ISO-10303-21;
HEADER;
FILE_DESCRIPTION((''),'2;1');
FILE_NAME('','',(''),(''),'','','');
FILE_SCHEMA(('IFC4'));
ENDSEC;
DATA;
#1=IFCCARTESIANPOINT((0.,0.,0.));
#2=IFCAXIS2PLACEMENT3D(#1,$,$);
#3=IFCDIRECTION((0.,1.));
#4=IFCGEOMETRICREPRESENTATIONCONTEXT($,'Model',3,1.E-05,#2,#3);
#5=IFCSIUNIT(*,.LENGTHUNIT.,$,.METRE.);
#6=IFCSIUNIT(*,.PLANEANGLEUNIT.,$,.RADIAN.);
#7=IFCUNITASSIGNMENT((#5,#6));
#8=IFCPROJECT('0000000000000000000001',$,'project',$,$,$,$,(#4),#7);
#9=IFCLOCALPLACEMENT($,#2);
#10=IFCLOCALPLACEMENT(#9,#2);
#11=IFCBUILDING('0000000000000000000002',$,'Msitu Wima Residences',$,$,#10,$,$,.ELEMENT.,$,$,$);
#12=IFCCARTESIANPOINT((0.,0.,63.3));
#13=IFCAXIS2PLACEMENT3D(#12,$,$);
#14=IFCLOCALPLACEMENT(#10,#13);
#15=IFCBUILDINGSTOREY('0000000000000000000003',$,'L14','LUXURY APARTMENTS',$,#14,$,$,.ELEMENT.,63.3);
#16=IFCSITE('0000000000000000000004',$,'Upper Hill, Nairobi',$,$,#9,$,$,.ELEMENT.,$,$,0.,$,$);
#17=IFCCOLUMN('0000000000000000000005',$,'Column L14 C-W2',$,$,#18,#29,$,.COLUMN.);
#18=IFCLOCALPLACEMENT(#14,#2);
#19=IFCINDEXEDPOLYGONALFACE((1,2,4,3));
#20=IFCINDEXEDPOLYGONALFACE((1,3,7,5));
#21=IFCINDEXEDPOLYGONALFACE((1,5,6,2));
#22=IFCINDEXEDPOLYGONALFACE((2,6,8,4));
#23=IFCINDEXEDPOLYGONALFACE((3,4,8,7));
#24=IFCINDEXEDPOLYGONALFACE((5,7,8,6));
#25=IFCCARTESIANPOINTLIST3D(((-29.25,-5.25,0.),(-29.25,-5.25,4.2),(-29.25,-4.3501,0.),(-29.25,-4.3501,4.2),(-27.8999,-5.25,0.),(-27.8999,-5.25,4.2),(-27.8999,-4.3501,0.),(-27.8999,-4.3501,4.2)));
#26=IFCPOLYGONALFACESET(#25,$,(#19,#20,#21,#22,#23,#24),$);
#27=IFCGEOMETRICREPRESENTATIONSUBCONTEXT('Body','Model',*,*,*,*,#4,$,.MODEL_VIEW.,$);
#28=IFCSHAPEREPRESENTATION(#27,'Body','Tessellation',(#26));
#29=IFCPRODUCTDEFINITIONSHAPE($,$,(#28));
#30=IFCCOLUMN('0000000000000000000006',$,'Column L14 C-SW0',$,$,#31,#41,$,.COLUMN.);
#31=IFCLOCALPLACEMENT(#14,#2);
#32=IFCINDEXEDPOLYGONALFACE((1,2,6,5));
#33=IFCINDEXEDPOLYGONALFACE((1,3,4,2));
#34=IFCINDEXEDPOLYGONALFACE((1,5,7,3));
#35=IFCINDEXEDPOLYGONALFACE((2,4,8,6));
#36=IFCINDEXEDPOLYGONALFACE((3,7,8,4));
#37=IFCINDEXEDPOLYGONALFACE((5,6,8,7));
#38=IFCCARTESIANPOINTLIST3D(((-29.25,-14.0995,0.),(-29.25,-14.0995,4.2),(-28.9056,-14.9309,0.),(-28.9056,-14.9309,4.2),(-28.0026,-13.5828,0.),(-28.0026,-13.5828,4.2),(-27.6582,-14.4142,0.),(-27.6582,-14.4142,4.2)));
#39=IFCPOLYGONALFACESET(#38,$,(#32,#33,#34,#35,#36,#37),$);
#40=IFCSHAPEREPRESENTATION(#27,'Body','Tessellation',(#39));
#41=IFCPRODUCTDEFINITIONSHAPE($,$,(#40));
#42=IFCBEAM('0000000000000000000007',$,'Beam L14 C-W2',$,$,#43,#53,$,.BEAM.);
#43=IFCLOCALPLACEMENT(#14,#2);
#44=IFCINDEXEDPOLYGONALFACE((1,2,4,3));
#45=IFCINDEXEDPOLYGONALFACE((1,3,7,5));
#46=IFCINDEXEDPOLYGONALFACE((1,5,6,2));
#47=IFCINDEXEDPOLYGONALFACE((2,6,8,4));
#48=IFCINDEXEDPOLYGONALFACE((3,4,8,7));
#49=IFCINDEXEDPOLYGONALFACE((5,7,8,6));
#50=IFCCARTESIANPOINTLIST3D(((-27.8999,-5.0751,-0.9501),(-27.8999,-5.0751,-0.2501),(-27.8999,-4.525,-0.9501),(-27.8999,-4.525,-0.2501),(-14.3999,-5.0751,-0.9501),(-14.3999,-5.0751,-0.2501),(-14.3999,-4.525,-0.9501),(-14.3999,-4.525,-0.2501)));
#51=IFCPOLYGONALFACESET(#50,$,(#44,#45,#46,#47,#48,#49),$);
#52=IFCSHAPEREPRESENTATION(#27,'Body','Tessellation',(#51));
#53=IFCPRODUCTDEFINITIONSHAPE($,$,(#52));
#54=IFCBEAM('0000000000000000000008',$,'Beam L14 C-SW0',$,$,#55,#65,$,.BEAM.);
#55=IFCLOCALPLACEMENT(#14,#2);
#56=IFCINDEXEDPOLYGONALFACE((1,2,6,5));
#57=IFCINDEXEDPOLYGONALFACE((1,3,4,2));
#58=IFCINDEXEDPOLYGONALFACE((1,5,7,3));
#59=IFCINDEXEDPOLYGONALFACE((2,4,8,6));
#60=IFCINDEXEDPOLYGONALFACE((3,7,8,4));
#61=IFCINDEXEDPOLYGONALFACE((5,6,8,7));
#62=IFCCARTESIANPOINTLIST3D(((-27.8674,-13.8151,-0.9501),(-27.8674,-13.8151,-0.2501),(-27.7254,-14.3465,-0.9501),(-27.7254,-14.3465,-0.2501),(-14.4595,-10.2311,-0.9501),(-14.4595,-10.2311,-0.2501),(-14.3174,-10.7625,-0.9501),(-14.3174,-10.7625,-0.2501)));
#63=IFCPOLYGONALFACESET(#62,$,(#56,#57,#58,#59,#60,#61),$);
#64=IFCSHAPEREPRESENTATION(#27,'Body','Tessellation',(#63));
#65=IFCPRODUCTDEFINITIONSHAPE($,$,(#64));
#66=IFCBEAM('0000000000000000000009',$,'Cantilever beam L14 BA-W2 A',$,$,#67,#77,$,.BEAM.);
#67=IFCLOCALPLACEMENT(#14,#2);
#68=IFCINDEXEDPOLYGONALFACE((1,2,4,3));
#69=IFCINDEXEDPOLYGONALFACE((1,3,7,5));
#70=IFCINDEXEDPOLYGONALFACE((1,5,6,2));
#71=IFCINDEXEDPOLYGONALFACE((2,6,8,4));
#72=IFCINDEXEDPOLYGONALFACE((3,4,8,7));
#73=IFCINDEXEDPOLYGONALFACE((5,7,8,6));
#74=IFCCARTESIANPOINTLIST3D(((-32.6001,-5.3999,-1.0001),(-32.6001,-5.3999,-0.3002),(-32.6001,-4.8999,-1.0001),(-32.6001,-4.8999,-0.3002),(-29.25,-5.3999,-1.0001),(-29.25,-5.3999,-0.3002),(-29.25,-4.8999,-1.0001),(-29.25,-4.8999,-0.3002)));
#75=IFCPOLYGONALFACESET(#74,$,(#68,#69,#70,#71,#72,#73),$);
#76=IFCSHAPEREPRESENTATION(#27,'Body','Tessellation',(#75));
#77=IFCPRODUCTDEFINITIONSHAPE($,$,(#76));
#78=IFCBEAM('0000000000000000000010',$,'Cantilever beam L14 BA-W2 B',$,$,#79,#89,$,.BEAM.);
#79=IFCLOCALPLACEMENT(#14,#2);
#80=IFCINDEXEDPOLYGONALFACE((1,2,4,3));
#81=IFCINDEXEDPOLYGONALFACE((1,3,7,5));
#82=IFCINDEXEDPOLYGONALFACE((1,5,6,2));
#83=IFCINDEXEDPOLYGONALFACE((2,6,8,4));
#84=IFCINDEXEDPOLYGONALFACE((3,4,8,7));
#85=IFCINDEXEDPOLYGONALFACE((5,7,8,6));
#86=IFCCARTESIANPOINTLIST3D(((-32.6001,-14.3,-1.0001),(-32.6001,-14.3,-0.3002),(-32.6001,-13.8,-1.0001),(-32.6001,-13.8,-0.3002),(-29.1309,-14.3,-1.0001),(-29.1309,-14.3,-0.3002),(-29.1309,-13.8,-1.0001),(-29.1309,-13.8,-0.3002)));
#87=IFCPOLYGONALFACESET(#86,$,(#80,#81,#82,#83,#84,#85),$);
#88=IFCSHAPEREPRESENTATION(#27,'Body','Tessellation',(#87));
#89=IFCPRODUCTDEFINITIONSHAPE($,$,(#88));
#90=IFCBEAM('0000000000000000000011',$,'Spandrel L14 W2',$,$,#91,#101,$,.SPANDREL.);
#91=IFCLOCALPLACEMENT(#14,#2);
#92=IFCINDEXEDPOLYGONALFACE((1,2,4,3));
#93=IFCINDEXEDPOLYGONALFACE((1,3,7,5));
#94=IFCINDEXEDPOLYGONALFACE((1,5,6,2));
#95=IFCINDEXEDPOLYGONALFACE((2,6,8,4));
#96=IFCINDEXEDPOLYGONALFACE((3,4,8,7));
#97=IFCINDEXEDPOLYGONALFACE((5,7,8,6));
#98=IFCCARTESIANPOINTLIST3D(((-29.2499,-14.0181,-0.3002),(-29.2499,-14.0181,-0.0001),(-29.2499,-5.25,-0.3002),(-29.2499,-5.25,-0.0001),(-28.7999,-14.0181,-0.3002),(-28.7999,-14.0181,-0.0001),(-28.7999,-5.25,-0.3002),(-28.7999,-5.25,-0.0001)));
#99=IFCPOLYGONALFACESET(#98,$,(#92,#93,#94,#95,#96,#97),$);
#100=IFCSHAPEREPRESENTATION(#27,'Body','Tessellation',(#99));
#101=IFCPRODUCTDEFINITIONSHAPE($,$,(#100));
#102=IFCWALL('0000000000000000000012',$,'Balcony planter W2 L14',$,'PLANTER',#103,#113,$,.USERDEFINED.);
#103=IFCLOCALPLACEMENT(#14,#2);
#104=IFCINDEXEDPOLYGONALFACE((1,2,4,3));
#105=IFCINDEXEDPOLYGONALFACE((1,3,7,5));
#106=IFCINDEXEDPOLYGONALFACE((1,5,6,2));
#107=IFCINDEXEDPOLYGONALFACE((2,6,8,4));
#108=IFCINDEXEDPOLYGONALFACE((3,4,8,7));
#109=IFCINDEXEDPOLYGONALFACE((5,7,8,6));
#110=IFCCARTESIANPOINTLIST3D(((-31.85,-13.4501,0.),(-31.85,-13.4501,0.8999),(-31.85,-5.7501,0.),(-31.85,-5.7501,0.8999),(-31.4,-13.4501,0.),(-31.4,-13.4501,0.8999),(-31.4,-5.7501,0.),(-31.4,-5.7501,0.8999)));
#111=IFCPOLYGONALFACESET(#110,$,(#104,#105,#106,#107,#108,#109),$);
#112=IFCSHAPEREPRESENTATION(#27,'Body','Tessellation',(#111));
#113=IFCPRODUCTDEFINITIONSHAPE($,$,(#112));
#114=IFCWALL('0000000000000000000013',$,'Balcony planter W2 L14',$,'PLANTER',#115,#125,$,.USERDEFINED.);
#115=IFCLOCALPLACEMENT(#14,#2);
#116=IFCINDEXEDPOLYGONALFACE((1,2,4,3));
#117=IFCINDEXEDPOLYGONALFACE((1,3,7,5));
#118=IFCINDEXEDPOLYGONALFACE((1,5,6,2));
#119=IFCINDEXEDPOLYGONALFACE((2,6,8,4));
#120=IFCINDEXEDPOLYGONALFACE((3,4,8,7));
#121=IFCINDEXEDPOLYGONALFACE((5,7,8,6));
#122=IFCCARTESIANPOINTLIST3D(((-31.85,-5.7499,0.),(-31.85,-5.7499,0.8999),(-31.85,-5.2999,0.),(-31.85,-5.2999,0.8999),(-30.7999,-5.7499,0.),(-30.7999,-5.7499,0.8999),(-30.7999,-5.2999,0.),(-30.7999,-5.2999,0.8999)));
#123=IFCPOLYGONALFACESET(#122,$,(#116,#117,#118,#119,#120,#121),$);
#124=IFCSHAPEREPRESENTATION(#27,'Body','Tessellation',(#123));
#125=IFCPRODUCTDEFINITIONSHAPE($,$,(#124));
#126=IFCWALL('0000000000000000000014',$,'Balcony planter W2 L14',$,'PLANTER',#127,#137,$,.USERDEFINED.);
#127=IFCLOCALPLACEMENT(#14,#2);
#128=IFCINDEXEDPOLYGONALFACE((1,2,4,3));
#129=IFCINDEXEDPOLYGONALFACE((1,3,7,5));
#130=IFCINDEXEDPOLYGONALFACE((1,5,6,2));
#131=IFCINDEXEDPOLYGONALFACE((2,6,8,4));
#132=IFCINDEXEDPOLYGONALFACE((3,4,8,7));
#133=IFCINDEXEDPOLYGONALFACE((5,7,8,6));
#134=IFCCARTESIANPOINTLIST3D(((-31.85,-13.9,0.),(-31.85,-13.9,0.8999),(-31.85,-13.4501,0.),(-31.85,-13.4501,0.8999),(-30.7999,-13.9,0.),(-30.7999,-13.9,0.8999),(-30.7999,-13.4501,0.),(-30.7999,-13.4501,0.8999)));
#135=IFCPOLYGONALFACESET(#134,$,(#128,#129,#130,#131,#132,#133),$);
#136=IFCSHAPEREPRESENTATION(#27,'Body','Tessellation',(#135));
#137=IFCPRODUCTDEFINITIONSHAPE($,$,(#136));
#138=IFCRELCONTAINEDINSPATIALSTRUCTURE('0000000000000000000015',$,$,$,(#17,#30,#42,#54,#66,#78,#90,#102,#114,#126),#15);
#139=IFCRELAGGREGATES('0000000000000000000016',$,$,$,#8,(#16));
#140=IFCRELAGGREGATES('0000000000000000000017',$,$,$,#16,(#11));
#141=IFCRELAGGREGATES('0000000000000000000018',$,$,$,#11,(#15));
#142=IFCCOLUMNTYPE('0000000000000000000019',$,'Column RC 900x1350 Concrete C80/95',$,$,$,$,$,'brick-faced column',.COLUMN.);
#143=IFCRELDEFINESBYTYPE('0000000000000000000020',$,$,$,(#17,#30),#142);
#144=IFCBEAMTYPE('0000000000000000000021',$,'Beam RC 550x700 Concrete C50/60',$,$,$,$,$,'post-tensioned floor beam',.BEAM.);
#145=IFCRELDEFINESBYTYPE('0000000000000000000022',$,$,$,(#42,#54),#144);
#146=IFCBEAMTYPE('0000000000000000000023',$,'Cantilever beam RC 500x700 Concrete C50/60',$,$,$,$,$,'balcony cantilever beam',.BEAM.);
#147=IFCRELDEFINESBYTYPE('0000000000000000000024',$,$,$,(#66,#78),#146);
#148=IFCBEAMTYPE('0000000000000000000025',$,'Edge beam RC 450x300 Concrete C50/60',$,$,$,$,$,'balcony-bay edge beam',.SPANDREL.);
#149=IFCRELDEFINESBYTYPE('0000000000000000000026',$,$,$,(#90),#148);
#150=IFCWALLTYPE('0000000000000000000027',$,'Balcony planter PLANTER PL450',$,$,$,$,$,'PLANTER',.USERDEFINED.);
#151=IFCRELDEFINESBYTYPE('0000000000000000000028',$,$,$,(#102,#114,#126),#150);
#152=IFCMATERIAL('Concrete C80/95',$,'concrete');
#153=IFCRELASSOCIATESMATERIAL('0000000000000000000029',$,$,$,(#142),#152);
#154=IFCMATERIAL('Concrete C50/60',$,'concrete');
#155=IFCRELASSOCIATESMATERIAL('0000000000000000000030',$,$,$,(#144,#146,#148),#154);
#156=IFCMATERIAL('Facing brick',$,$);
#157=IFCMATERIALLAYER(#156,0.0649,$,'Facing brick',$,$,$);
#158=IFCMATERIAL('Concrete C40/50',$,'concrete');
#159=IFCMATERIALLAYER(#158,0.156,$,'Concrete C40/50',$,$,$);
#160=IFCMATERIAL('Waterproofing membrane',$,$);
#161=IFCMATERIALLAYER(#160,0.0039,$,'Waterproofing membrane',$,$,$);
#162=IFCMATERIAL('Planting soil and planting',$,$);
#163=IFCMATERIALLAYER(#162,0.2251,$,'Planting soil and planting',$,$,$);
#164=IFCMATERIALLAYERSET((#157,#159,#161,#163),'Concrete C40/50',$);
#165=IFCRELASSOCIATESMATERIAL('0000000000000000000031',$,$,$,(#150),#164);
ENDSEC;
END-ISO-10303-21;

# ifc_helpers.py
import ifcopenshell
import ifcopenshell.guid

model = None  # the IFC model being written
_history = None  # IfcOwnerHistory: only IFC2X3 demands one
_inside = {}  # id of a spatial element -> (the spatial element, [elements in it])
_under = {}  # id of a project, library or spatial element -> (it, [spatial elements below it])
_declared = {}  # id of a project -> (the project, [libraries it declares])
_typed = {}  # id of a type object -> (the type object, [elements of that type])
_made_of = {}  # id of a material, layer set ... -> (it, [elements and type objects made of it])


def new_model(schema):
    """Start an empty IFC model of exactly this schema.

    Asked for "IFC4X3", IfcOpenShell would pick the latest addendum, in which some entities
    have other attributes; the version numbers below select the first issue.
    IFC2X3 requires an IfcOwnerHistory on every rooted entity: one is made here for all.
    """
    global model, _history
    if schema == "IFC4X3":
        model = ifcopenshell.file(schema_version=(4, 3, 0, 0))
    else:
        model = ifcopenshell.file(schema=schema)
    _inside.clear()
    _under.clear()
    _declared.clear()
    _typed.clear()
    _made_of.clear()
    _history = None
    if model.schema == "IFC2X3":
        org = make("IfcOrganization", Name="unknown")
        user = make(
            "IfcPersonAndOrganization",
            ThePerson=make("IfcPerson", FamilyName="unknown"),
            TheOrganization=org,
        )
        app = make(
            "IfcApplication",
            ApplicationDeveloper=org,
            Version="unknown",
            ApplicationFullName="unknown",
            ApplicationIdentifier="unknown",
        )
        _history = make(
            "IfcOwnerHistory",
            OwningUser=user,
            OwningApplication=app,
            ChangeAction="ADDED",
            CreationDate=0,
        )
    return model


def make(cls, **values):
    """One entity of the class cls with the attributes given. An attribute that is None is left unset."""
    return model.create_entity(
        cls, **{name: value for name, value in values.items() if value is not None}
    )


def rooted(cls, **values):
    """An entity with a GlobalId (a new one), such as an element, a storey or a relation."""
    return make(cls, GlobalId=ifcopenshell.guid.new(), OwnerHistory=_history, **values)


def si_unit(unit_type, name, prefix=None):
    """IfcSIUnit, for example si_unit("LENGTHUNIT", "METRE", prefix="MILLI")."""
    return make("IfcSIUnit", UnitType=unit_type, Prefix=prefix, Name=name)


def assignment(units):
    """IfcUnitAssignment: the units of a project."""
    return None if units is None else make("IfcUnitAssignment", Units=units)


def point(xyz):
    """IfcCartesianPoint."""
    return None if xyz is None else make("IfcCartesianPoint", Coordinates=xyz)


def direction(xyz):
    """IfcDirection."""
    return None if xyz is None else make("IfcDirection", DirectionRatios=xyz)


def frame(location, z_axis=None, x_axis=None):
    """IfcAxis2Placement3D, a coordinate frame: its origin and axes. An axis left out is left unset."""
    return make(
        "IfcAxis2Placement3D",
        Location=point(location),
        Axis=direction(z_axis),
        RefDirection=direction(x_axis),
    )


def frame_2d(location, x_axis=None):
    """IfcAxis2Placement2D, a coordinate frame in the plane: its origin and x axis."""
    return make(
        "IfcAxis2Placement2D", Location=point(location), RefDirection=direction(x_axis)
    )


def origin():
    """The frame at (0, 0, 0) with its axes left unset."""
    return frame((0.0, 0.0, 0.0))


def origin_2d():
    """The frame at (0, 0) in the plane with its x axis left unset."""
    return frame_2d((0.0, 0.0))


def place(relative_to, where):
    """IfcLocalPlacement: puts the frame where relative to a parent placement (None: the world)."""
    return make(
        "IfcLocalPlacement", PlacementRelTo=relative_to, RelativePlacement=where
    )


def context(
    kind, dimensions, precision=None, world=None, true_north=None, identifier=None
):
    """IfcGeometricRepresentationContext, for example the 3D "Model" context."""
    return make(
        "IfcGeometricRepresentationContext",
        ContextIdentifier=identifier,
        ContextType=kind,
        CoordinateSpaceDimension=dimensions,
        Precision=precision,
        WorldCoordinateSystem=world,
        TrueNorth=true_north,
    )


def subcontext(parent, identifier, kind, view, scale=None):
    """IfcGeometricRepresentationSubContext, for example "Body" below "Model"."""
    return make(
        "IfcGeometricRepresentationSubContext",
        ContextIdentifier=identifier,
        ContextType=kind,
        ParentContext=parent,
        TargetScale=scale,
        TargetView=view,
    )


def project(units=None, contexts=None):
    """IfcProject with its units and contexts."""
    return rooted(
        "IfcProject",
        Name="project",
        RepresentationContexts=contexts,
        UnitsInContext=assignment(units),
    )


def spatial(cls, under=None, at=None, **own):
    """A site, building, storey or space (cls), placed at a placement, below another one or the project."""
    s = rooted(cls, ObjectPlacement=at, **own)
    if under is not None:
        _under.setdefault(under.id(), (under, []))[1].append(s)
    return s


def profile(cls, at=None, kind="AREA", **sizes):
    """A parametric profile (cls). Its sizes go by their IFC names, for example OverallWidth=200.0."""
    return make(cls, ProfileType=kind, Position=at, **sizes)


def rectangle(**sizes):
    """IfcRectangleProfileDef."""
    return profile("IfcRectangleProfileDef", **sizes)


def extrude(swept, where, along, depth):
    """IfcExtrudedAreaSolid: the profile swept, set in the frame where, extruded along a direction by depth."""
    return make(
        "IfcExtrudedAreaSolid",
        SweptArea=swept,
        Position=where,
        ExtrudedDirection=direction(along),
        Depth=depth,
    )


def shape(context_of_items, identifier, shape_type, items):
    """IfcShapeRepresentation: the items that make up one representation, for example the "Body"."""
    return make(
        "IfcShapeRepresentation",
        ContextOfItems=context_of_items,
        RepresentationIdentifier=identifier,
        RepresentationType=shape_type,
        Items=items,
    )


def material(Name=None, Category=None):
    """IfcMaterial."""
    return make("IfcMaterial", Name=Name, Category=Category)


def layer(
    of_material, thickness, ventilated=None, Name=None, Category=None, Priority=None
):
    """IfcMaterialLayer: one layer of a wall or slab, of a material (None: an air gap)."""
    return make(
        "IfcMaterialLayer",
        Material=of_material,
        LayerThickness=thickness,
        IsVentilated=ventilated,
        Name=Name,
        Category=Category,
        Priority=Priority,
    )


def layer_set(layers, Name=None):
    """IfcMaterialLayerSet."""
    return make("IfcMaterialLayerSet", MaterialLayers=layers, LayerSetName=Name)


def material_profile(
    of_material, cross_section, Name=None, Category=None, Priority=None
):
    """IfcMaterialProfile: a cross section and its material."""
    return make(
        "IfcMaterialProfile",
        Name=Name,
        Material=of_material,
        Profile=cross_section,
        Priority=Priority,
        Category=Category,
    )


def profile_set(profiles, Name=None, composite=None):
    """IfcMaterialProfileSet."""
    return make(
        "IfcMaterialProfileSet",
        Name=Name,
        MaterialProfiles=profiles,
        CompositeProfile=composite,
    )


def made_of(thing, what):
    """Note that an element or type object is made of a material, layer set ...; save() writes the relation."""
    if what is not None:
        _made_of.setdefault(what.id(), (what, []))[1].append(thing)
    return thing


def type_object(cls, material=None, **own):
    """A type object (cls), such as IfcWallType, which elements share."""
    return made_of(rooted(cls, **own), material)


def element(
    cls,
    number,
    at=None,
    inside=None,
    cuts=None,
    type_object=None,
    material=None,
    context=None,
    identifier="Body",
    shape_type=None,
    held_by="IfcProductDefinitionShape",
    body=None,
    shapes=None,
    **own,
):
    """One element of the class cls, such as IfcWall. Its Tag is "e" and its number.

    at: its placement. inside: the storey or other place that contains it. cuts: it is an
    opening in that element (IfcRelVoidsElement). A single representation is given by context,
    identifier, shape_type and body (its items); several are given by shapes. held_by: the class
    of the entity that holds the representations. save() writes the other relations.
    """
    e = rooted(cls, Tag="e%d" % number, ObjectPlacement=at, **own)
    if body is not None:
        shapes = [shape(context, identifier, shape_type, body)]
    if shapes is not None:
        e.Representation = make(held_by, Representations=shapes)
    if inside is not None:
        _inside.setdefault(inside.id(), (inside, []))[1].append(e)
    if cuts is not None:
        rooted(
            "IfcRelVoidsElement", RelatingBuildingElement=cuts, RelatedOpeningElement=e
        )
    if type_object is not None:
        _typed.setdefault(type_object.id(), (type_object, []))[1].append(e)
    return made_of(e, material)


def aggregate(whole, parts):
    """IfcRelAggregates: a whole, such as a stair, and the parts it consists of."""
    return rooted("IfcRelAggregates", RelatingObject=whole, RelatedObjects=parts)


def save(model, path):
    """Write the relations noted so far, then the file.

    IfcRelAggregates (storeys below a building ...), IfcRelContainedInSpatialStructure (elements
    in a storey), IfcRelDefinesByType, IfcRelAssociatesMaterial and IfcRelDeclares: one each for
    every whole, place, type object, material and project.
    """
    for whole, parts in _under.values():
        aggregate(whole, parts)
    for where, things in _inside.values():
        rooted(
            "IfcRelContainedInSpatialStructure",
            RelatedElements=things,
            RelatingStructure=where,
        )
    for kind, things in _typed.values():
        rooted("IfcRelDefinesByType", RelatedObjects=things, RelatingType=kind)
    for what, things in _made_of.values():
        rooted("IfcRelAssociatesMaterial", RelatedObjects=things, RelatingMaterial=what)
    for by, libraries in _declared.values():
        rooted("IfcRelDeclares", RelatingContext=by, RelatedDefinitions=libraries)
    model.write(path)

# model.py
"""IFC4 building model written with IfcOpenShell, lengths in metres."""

from ifc_helpers import new_model, si_unit, direction, frame, frame_2d, origin, origin_2d, place, context, subcontext, project, spatial, rectangle, extrude, material, layer, layer_set, material_profile, profile_set, type_object, element, save


model = new_model("IFC4")

# Units and contexts
model_context = context("Model", 3, precision=1e-05, world=origin(), true_north=direction((0.0, 1.0)))
body_context = subcontext(model_context, "Body", "Model", "MODEL_VIEW")
ifc_project = project(units=[si_unit("LENGTHUNIT", "METRE"), si_unit("PLANEANGLEUNIT", "RADIAN")], contexts=[model_context])

# Site, building, storey
site_placement = place(None, origin())
site = spatial("IfcSite", under=ifc_project, at=site_placement, Name="Upper Hill, Nairobi", CompositionType="ELEMENT", RefElevation=0.0)
building_placement = place(site_placement, origin())
building = spatial("IfcBuilding", under=site, at=building_placement, Name="Msitu Wima Residences", CompositionType="ELEMENT")
storey_placement = place(building_placement, frame((0.0, 0.0, 63.3)))
storey = spatial("IfcBuildingStorey", under=building, at=storey_placement, Name="L14", Description="LUXURY APARTMENTS", CompositionType="ELEMENT", Elevation=63.3)

# Columns
ifc_material_1 = material(Name="Concrete C80/95", Category="concrete")
ifc_material_profile_1 = material_profile(ifc_material_1, rectangle(XDim=0.8999, YDim=1.3501, at=origin_2d()), Name="RC 900x1350")
ifc_profile_set_1 = profile_set([ifc_material_profile_1], Name="Concrete C80/95")
column_type = type_object("IfcColumnType", Name="Column RC 900x1350 Concrete C80/95", ElementType="brick-faced column", PredefinedType="COLUMN", material=ifc_profile_set_1)
for number, where, z_axis, x_axis, name in (
    (1, (-28.575, -4.8, 0.0), (0.0, 0.0, 1.0), (0.0, -1.0, 0.0), "Column L14 C-W2"),
    (2, (-28.4541, -14.2568, 0.0), (0.0, 0.0, 1.0), (0.382683, -0.92388, 0.0), "Column L14 C-SW0"),
):
    element("IfcColumn", number, at=place(storey_placement, frame(where, z_axis=z_axis, x_axis=x_axis)), inside=storey, type_object=column_type, Name=name, PredefinedType="COLUMN", context=body_context, shape_type="SweptSolid", body=[
        extrude(rectangle(XDim=0.8999, YDim=1.3501, at=origin_2d()), origin(), (0.0, 0.0, 1.0), 4.2),
    ])

# Beams
ifc_material_2 = material(Name="Concrete C50/60", Category="concrete")
ifc_material_profile_2 = material_profile(ifc_material_2, rectangle(XDim=0.55, YDim=0.7, at=origin_2d()), Name="RC 550x700")
ifc_profile_set_2 = profile_set([ifc_material_profile_2], Name="Concrete C50/60")
beam_type_1 = type_object("IfcBeamType", Name="Beam RC 550x700 Concrete C50/60", ElementType="post-tensioned floor beam", PredefinedType="BEAM", material=ifc_profile_set_2)
beam_1_placement = place(storey_placement, frame((-27.8999, -4.8, -0.6001), z_axis=(1.0, 0.0, 0.0), x_axis=(0.0, 1.0, 0.0)))
element("IfcBeam", 3, at=beam_1_placement, inside=storey, type_object=beam_type_1, Name="Beam L14 C-W2", PredefinedType="BEAM", context=body_context, shape_type="SweptSolid", body=[
    extrude(rectangle(XDim=0.55, YDim=0.7, at=origin_2d()), origin(), (0.0, 0.0, 1.0), 13.5),
])
beam_2_placement = place(storey_placement, frame((-27.7964, -14.0808, -0.6001), z_axis=(0.966082, 0.258236, 0.0), x_axis=(-0.258236, 0.966082, 0.0)))
element("IfcBeam", 4, at=beam_2_placement, inside=storey, type_object=beam_type_1, Name="Beam L14 C-SW0", PredefinedType="BEAM", context=body_context, shape_type="SweptSolid", body=[
    extrude(rectangle(XDim=0.55, YDim=0.7, at=origin_2d()), origin(), (0.0, 0.0, 1.0), 13.8787),
])
ifc_material_profile_3 = material_profile(ifc_material_2, rectangle(XDim=0.5, YDim=0.7, at=origin_2d()), Name="RC 500x700")
ifc_profile_set_3 = profile_set([ifc_material_profile_3], Name="Concrete C50/60")
beam_type_2 = type_object("IfcBeamType", Name="Cantilever beam RC 500x700 Concrete C50/60", ElementType="balcony cantilever beam", PredefinedType="BEAM", material=ifc_profile_set_3)
beam_3_placement = place(storey_placement, frame((-29.25, -5.1499, -0.6501), z_axis=(-1.0, 0.0, 0.0), x_axis=(0.0, -1.0, 0.0)))
element("IfcBeam", 5, at=beam_3_placement, inside=storey, type_object=beam_type_2, Name="Cantilever beam L14 BA-W2 A", PredefinedType="BEAM", context=body_context, shape_type="SweptSolid", body=[
    extrude(rectangle(XDim=0.5, YDim=0.7, at=origin_2d()), origin(), (0.0, 0.0, 1.0), 3.3501),
])
beam_4_placement = place(storey_placement, frame((-29.1309, -14.05, -0.6501), z_axis=(-1.0, 0.0, 0.0), x_axis=(0.0, -1.0, 0.0)))
element("IfcBeam", 6, at=beam_4_placement, inside=storey, type_object=beam_type_2, Name="Cantilever beam L14 BA-W2 B", PredefinedType="BEAM", context=body_context, shape_type="SweptSolid", body=[
    extrude(rectangle(XDim=0.5, YDim=0.7, at=origin_2d()), origin(), (0.0, 0.0, 1.0), 3.4692),
])
ifc_material_profile_4 = material_profile(ifc_material_2, rectangle(XDim=0.45, YDim=0.3, at=origin_2d()), Name="RC 450x300")
ifc_profile_set_4 = profile_set([ifc_material_profile_4], Name="Concrete C50/60")
beam_type_3 = type_object("IfcBeamType", Name="Edge beam RC 450x300 Concrete C50/60", ElementType="balcony-bay edge beam", PredefinedType="SPANDREL", material=ifc_profile_set_4)
beam_5_placement = place(storey_placement, frame((-29.0249, -5.25, -0.1501), z_axis=(0.0, -1.0, 0.0), x_axis=(1.0, 0.0, 0.0)))
element("IfcBeam", 7, at=beam_5_placement, inside=storey, type_object=beam_type_3, Name="Spandrel L14 W2", PredefinedType="SPANDREL", context=body_context, shape_type="SweptSolid", body=[
    extrude(rectangle(XDim=0.45, YDim=0.3, at=origin_2d()), origin(), (0.0, 0.0, 1.0), 8.7681),
])

# Walls
ifc_material_3 = material(Name="Facing brick")
ifc_layer_1 = layer(ifc_material_3, 0.0649, Name="Facing brick")
ifc_material_4 = material(Name="Concrete C40/50", Category="concrete")
ifc_layer_2 = layer(ifc_material_4, 0.156, Name="Concrete C40/50")
ifc_material_5 = material(Name="Waterproofing membrane")
ifc_layer_3 = layer(ifc_material_5, 0.0039, Name="Waterproofing membrane")
ifc_material_6 = material(Name="Planting soil and planting")
ifc_layer_4 = layer(ifc_material_6, 0.2251, Name="Planting soil and planting")
ifc_layer_set_1 = layer_set([ifc_layer_1, ifc_layer_2, ifc_layer_3, ifc_layer_4], Name="Concrete C40/50")
wall_type_1 = type_object("IfcWallType", Name="Balcony planter PLANTER PL450", ElementType="PLANTER", PredefinedType="USERDEFINED", material=ifc_layer_set_1)
wall_1_placement = place(storey_placement, frame((-31.625, -5.75, 0.0), z_axis=(0.0, 0.0, 1.0), x_axis=(0.0, -1.0, 0.0)))
element("IfcWall", 8, at=wall_1_placement, inside=storey, type_object=wall_type_1, Name="Balcony planter W2 L14", ObjectType="PLANTER", PredefinedType="USERDEFINED", context=body_context, shape_type="SweptSolid", body=[
    extrude(rectangle(XDim=7.7, YDim=0.45, at=frame_2d((3.8501, 0.0))), origin(), (0.0, 0.0, 1.0), 0.8999),
])
for number, where, z_axis, x_axis, name in (
    (9, (-30.8, -5.5249, 0.0), (0.0, 0.0, 1.0), (-1.0, 0.0, 0.0), "Balcony planter W2 L14"),
    (10, (-30.8, -13.675, 0.0), (0.0, 0.0, 1.0), (-1.0, 0.0, 0.0), "Balcony planter W2 L14"),
):
    element("IfcWall", number, at=place(storey_placement, frame(where, z_axis=z_axis, x_axis=x_axis)), inside=storey, type_object=wall_type_1, Name=name, ObjectType="PLANTER", PredefinedType="USERDEFINED", context=body_context, shape_type="SweptSolid", body=[
        extrude(rectangle(XDim=1.05, YDim=0.45, at=frame_2d((0.5249, 0.0))), origin(), (0.0, 0.0, 1.0), 0.8999),
    ])

save(model, "model.ifc")
